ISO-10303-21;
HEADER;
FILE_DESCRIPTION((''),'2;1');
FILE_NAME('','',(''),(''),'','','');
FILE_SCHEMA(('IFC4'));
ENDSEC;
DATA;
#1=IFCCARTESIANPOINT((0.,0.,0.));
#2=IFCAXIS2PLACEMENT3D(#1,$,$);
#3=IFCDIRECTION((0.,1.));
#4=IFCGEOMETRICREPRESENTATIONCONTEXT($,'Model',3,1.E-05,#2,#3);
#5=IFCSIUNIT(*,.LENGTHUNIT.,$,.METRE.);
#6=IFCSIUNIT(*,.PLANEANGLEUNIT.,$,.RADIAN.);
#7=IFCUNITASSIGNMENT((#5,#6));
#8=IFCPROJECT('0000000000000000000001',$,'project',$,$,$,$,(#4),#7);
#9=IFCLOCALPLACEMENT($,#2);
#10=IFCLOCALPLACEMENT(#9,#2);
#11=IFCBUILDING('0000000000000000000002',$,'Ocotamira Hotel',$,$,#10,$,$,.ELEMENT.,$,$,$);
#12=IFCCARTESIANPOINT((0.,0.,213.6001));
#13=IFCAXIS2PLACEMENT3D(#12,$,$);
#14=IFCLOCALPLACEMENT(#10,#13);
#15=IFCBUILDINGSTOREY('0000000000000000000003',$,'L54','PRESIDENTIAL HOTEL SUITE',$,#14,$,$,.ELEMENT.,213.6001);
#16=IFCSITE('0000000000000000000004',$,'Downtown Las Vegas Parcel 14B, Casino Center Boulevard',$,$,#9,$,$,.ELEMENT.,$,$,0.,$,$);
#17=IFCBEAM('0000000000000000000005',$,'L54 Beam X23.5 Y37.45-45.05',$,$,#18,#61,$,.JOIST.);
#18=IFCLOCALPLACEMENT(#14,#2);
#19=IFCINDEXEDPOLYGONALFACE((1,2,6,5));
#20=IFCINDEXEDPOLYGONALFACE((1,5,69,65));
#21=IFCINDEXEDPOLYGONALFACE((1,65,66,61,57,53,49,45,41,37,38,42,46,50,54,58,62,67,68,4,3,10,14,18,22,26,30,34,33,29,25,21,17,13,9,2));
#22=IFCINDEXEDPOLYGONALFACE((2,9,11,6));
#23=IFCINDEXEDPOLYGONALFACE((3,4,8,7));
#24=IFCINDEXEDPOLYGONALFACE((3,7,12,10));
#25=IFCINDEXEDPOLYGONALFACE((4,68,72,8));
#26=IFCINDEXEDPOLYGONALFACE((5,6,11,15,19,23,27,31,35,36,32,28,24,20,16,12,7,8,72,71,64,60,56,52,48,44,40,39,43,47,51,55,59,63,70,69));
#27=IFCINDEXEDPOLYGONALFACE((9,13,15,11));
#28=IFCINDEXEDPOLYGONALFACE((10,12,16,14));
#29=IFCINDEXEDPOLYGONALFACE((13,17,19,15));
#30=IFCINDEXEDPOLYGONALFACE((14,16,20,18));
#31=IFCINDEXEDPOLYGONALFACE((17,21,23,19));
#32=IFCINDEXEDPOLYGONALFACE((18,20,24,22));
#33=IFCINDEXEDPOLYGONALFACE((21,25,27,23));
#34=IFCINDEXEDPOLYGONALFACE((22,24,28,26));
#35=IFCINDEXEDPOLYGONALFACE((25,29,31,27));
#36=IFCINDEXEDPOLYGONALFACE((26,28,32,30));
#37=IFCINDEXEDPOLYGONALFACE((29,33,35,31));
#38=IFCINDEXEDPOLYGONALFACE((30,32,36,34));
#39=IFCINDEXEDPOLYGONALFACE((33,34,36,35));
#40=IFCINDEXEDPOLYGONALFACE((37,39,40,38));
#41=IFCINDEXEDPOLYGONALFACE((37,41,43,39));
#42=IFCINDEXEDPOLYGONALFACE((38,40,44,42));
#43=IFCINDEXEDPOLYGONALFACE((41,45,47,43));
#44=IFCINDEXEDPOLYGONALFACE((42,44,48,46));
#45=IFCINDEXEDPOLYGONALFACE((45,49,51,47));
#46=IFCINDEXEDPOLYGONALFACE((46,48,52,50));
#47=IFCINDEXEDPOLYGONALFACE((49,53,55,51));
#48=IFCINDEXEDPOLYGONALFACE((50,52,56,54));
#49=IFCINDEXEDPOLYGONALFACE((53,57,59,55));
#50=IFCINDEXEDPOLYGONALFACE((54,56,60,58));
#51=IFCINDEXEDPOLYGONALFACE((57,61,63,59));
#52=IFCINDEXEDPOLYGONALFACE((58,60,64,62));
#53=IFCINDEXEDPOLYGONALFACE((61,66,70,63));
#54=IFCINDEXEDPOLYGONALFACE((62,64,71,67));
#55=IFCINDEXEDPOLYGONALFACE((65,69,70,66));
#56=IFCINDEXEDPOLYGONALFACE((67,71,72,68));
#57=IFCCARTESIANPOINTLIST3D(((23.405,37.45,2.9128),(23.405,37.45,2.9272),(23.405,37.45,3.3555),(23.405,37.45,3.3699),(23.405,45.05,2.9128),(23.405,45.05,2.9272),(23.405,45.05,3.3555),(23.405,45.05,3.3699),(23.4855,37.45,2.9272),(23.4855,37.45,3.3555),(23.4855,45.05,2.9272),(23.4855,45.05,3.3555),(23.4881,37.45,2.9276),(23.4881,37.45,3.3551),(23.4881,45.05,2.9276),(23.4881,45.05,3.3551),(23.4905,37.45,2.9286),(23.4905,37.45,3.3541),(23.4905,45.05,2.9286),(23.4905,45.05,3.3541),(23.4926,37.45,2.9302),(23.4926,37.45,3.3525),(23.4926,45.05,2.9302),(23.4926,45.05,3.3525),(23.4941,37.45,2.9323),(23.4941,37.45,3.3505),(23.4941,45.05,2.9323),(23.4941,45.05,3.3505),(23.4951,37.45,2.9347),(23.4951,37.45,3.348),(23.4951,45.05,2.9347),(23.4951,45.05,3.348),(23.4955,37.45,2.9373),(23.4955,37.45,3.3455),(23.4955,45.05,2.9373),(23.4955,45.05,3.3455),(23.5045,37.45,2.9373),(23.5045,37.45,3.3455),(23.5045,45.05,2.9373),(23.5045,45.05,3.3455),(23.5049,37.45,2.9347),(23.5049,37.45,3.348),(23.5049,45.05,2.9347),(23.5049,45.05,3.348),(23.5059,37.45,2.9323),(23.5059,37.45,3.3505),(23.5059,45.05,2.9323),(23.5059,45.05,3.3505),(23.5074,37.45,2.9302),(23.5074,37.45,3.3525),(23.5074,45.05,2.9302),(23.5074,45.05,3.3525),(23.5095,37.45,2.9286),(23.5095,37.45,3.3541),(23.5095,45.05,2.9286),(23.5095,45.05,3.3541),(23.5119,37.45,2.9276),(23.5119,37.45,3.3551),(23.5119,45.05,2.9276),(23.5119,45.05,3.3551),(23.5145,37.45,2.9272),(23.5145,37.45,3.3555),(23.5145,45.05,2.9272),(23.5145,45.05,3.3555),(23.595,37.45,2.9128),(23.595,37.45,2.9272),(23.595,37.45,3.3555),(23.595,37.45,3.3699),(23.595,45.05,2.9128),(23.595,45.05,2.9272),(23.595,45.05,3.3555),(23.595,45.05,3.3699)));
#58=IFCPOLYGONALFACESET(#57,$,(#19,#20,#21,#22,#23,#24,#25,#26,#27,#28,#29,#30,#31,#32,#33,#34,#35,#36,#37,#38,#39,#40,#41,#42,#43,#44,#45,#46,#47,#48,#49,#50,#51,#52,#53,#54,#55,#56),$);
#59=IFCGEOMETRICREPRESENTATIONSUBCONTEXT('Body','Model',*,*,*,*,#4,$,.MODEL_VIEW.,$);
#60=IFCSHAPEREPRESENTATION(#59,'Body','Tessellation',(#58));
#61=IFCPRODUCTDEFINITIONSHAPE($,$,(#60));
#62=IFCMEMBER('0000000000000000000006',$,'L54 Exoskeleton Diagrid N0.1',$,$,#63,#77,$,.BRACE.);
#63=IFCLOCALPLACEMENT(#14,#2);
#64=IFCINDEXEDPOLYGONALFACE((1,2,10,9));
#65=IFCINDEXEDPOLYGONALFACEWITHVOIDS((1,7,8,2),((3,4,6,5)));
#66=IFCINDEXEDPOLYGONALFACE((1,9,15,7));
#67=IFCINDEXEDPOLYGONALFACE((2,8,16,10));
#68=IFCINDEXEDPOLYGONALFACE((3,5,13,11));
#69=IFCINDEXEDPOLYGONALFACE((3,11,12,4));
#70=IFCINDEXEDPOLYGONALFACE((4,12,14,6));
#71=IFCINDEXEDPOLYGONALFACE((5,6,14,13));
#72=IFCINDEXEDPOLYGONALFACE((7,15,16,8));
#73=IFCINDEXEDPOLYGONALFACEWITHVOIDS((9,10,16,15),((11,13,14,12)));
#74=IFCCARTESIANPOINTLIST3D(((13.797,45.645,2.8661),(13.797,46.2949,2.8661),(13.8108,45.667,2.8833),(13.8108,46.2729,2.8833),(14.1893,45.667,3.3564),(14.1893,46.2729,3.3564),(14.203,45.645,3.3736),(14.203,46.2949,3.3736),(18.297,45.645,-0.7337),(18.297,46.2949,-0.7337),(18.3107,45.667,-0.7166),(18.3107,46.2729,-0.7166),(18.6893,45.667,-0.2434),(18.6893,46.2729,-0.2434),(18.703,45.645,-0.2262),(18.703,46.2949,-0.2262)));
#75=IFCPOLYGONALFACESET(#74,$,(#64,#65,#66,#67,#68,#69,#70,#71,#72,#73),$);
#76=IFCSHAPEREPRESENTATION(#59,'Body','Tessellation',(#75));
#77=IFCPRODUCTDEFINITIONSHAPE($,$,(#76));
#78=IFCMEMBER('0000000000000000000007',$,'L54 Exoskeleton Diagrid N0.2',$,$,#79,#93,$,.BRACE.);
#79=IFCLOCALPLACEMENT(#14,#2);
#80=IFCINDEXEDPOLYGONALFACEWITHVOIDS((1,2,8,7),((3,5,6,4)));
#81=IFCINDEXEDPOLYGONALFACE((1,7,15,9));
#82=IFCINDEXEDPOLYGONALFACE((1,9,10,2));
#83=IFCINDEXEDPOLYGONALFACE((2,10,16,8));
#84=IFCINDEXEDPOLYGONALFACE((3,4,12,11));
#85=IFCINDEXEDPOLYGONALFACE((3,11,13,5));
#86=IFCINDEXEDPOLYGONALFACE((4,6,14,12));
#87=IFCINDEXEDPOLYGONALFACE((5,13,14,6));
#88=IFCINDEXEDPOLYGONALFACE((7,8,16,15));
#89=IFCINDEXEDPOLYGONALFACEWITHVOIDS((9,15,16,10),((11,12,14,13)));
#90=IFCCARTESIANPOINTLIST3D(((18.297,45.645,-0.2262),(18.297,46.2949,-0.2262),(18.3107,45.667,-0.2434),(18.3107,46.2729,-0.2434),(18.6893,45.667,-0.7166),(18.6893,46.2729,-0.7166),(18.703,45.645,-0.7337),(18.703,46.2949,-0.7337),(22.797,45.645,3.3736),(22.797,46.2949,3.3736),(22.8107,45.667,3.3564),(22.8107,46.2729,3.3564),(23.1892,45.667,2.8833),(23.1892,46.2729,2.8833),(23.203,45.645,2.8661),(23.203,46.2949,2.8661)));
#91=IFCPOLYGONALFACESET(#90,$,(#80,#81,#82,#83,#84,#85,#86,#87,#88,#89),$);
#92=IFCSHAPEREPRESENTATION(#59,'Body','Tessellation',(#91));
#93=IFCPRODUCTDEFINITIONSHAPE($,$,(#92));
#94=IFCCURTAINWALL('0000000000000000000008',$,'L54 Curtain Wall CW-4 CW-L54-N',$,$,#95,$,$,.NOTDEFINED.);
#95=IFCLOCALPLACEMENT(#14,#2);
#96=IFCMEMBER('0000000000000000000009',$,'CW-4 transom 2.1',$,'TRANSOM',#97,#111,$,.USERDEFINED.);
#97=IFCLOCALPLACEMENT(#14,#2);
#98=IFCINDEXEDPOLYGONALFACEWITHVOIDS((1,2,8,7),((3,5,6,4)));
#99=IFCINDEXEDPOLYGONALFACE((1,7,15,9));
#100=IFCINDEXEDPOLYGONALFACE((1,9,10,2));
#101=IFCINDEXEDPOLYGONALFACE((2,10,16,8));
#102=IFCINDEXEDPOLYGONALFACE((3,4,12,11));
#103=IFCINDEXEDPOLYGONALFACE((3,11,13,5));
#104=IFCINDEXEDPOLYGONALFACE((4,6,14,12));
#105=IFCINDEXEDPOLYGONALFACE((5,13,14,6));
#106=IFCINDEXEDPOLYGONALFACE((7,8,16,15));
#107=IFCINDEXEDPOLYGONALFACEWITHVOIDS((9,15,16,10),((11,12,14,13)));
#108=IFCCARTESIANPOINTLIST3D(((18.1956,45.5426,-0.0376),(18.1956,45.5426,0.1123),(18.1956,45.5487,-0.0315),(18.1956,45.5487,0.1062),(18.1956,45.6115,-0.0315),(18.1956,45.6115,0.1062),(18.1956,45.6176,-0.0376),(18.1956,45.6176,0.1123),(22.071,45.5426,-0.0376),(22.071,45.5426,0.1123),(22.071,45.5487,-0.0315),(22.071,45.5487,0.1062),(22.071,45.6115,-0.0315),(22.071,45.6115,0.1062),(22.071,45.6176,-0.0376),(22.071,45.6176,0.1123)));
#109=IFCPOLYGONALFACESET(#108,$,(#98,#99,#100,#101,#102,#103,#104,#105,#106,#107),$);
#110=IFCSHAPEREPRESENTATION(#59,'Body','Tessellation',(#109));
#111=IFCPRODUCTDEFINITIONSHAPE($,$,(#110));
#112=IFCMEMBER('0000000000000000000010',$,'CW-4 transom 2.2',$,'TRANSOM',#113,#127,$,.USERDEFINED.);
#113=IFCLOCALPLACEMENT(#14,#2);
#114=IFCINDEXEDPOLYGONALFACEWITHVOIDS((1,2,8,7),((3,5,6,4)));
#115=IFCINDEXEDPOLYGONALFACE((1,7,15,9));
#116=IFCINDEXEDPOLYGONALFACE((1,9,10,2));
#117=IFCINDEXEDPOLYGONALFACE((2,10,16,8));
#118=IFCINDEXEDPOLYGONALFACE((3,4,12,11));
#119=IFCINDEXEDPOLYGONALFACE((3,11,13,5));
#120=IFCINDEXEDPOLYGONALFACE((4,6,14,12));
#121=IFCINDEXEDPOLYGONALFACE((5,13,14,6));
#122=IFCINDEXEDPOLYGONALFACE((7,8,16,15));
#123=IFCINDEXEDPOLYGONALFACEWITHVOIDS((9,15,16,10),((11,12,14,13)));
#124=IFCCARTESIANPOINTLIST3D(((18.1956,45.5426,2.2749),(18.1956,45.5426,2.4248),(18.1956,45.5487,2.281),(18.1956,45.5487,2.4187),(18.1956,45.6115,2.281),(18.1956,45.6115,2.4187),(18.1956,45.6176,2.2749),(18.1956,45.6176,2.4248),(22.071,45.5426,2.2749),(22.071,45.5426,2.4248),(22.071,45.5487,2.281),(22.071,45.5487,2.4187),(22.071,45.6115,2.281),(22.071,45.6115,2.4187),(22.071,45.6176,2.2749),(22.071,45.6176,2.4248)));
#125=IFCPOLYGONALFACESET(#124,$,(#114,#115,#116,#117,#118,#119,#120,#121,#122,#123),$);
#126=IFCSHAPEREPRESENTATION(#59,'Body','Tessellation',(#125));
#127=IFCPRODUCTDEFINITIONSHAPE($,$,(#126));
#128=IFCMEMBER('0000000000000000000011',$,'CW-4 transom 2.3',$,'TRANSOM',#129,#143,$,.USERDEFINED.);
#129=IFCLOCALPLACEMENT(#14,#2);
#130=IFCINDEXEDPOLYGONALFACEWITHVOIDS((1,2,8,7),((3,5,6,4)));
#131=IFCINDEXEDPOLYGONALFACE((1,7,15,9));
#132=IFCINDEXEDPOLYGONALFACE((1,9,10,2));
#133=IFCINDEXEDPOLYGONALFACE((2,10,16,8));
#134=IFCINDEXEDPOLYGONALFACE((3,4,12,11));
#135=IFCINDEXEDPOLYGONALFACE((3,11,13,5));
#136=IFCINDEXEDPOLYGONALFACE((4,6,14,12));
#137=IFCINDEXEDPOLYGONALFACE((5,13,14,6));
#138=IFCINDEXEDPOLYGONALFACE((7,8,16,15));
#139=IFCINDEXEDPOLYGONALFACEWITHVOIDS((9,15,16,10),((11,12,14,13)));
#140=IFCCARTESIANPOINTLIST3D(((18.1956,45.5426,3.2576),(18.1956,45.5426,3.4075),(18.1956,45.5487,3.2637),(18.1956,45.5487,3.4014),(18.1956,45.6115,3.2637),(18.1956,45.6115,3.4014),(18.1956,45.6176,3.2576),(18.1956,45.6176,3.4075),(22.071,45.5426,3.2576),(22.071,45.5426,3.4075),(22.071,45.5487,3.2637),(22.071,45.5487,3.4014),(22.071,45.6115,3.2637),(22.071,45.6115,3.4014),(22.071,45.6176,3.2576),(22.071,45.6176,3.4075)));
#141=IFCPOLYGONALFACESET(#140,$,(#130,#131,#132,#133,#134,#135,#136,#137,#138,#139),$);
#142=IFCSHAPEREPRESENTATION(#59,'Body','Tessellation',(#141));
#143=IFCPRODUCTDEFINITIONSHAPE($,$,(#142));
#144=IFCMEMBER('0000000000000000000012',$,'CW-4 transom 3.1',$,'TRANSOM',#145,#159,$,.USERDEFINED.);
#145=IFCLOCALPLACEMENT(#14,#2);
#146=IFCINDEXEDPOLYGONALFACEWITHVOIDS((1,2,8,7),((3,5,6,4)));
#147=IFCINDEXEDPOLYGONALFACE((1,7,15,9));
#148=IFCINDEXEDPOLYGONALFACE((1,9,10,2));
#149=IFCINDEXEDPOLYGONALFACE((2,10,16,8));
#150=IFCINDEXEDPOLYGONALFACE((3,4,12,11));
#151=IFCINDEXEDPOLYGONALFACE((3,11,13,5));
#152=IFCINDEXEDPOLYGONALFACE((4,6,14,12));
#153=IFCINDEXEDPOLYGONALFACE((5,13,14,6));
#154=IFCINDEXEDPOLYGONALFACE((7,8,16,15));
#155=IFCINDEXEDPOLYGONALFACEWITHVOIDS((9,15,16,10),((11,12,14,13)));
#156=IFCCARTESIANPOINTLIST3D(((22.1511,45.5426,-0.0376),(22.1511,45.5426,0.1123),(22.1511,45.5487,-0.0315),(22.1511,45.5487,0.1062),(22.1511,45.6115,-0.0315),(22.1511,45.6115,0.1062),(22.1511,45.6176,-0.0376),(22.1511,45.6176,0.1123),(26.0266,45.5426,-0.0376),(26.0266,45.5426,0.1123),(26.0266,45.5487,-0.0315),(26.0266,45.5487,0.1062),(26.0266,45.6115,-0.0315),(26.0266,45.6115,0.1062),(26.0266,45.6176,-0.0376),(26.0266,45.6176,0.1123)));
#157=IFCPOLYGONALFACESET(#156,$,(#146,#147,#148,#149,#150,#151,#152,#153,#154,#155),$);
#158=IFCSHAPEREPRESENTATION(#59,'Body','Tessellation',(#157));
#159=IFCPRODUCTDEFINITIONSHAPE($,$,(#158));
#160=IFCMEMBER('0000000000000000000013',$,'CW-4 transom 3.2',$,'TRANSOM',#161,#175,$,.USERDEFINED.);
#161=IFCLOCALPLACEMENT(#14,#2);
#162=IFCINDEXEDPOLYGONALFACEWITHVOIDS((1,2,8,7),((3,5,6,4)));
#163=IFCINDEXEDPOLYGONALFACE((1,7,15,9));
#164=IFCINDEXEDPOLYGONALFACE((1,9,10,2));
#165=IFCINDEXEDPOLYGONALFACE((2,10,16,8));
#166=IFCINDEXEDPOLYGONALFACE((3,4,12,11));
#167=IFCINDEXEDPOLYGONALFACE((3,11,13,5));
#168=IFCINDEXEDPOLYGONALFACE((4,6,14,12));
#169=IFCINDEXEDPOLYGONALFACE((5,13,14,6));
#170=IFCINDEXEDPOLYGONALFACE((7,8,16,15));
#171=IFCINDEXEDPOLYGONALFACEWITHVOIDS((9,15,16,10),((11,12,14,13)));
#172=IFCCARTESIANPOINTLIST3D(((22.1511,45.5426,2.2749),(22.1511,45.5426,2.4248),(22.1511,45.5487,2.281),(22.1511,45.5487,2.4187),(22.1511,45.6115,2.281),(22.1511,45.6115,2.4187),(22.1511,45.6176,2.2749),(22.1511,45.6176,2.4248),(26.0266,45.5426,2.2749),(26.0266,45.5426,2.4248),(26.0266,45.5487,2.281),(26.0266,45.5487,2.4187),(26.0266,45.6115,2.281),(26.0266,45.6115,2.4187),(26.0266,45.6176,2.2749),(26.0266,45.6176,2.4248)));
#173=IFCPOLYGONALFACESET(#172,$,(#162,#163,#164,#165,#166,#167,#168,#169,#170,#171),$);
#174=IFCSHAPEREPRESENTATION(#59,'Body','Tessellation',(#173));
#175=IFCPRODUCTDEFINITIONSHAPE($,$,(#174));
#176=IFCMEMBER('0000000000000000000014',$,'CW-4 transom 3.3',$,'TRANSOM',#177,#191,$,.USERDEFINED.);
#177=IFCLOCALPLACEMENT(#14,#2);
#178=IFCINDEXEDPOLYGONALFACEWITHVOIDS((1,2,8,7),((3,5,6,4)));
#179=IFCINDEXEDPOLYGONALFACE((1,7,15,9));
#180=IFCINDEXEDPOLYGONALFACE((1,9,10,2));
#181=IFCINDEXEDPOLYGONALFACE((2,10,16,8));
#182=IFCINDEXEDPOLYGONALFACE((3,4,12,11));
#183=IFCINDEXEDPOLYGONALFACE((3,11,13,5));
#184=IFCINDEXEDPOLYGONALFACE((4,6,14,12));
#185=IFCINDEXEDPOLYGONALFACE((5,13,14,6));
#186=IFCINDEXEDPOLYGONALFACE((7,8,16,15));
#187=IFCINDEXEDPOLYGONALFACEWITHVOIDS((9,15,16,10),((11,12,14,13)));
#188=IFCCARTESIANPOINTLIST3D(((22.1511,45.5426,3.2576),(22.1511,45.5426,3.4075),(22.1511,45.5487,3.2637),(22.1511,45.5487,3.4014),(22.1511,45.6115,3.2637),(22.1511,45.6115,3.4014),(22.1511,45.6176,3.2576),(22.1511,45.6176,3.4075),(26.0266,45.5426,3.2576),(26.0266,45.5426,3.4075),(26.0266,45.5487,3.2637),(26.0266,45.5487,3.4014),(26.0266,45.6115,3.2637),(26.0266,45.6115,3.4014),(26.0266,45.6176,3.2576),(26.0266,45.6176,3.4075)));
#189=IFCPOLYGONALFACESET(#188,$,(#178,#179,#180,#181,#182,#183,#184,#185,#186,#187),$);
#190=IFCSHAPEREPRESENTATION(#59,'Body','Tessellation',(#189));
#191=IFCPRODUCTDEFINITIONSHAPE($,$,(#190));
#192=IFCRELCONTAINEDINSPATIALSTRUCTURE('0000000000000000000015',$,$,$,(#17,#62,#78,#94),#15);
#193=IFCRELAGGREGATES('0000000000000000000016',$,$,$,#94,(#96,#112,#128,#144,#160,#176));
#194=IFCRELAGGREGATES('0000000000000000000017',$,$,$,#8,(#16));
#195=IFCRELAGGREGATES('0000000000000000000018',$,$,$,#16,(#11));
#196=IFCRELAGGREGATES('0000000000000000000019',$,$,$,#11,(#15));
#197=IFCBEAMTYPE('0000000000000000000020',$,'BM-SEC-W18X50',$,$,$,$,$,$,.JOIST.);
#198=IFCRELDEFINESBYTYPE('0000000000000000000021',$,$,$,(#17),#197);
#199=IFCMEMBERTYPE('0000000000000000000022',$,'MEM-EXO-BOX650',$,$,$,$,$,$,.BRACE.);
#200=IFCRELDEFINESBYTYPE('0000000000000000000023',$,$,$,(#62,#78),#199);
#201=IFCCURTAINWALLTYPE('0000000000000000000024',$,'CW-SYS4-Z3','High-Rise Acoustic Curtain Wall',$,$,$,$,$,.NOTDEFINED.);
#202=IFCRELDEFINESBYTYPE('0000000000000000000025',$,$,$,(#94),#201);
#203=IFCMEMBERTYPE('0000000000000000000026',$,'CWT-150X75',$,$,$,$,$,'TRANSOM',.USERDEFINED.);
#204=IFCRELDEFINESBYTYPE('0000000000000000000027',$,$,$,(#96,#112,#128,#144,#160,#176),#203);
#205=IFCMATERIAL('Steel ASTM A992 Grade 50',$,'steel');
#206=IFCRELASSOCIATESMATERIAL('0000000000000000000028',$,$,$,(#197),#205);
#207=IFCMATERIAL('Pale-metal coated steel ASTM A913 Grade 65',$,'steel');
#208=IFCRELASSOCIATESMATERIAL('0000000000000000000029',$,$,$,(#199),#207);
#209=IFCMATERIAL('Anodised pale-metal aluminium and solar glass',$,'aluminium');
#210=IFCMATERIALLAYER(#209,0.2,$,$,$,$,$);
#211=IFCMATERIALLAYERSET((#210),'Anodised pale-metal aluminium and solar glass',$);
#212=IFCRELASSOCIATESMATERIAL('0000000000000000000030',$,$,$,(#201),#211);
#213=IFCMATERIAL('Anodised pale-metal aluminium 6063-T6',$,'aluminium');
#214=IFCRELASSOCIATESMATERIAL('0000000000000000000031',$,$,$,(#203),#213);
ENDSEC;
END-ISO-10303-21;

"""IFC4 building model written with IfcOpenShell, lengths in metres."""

from ifc_helpers import new_model, si_unit, direction, frame, origin, origin_2d, place, context, subcontext, project, spatial, hollow_rectangle, i_section, extrude, source, transform, mapped, material, layer, layer_set, material_profile, profile_set, type_object, element, aggregate, save


model = new_model("IFC4")

# Units and contexts
model_context = context("Model", 3, precision=1e-05, world=origin(), true_north=direction((0.0, 1.0)))
body_context = subcontext(model_context, "Body", "Model", "MODEL_VIEW")
ifc_project = project(units=[si_unit("LENGTHUNIT", "METRE"), si_unit("PLANEANGLEUNIT", "RADIAN")], contexts=[model_context])

# Site, building, storey
site_placement = place(None, origin())
site = spatial("IfcSite", under=ifc_project, at=site_placement, Name="Downtown Las Vegas Parcel 14B, Casino Center Boulevard", CompositionType="ELEMENT", RefElevation=0.0)
building_placement = place(site_placement, origin())
building = spatial("IfcBuilding", under=site, at=building_placement, Name="Ocotamira Hotel", CompositionType="ELEMENT")
storey_placement = place(building_placement, frame((0.0, 0.0, 213.6001)))
storey = spatial("IfcBuildingStorey", under=building, at=storey_placement, Name="L54", Description="PRESIDENTIAL HOTEL SUITE", CompositionType="ELEMENT", Elevation=213.6001)

# Beam
ifc_material_1 = material(Name="Steel ASTM A992 Grade 50", Category="steel")
ifc_material_profile_1 = material_profile(ifc_material_1, i_section(OverallWidth=0.1899, OverallDepth=0.457, WebThickness=0.009, FlangeThickness=0.0144, FilletRadius=0.01, at=origin_2d()), Name="W18X50")
ifc_profile_set_1 = profile_set([ifc_material_profile_1], Name="Steel ASTM A992 Grade 50")
beam_type_1 = type_object("IfcBeamType", Name="BM-SEC-W18X50", PredefinedType="JOIST", material=ifc_profile_set_1)
shared_shape_1 = source(origin(), body_context, "Body", "SweptSolid", [
    extrude(i_section(OverallWidth=0.1899, OverallDepth=0.457, WebThickness=0.009, FlangeThickness=0.0144, FilletRadius=0.01, at=origin_2d()), origin(), (0.0, 0.0, 1.0), 7.6001),
])
beam_1_placement = place(storey_placement, frame((23.5, 37.45, 3.1414), z_axis=(0.0, 1.0, 0.0), x_axis=(-1.0, 0.0, 0.0)))
element("IfcBeam", 1, at=beam_1_placement, inside=storey, type_object=beam_type_1, Name="L54 Beam X23.5 Y37.45-45.05", PredefinedType="JOIST", context=body_context, shape_type="MappedRepresentation", body=[
    mapped(shared_shape_1, transform((0.0, 0.0, 0.0), scale=1.0)),
])

# Members
ifc_material_2 = material(Name="Pale-metal coated steel ASTM A913 Grade 65", Category="steel")
ifc_material_profile_2 = material_profile(ifc_material_2, hollow_rectangle(XDim=0.6499, YDim=0.6499, WallThickness=0.022, at=origin_2d()), Name="BOX650X650X22")
ifc_profile_set_2 = profile_set([ifc_material_profile_2], Name="Pale-metal coated steel ASTM A913 Grade 65")
member_type_1 = type_object("IfcMemberType", Name="MEM-EXO-BOX650", PredefinedType="BRACE", material=ifc_profile_set_2)
shared_shape_2 = source(origin(), body_context, "Body", "SweptSolid", [
    extrude(hollow_rectangle(XDim=0.6499, YDim=0.6499, WallThickness=0.022, at=origin_2d()), origin(), (0.0, 0.0, 1.0), 5.7627),
])
for number, where, z_axis, x_axis, name in (
    (2, (18.5, 45.97, -0.48), (-0.780881, 0.0, 0.62468), (0.0, -1.0, 0.0), "L54 Exoskeleton Diagrid N0.1"),
    (3, (18.5, 45.97, -0.48), (0.780881, 0.0, 0.62468), (0.0, 1.0, 0.0), "L54 Exoskeleton Diagrid N0.2"),
):
    element("IfcMember", number, at=place(storey_placement, frame(where, z_axis=z_axis, x_axis=x_axis)), inside=storey, type_object=member_type_1, Name=name, PredefinedType="BRACE", context=body_context, shape_type="MappedRepresentation", body=[
        mapped(shared_shape_2, transform((0.0, 0.0, 0.0), scale=1.0)),
    ])

# Curtain wall, members
ifc_material_3 = material(Name="Anodised pale-metal aluminium and solar glass", Category="aluminium")
ifc_layer_1 = layer(ifc_material_3, 0.2)
ifc_layer_set_1 = layer_set([ifc_layer_1], Name="Anodised pale-metal aluminium and solar glass")
curtain_wall_type = type_object("IfcCurtainWallType", Name="CW-SYS4-Z3", Description="High-Rise Acoustic Curtain Wall", PredefinedType="NOTDEFINED", material=ifc_layer_set_1)
curtain_wall_placement = place(storey_placement, origin())
curtain_wall = element("IfcCurtainWall", 4, at=curtain_wall_placement, inside=storey, type_object=curtain_wall_type, Name="L54 Curtain Wall CW-4 CW-L54-N", PredefinedType="NOTDEFINED")
ifc_material_4 = material(Name="Anodised pale-metal aluminium 6063-T6", Category="aluminium")
ifc_material_profile_3 = material_profile(ifc_material_4, hollow_rectangle(XDim=0.075, YDim=0.1499, WallThickness=0.0061, at=origin_2d()), Name="HSS150X75X6")
ifc_profile_set_3 = profile_set([ifc_material_profile_3], Name="Anodised pale-metal aluminium 6063-T6")
member_type_2 = type_object("IfcMemberType", Name="CWT-150X75", ElementType="TRANSOM", PredefinedType="USERDEFINED", material=ifc_profile_set_3)
shared_shape_3 = source(origin(), body_context, "Body", "SweptSolid", [
    extrude(hollow_rectangle(XDim=0.075, YDim=0.1499, WallThickness=0.0061, at=origin_2d()), origin(), (0.0, 0.0, 1.0), 3.8755),
])
member_1_placement = place(storey_placement, frame((18.1956, 45.5801, 0.0374), z_axis=(1.0, 0.0, 0.0), x_axis=(0.0, 1.0, 0.0)))
member_1 = element("IfcMember", 5, at=member_1_placement, type_object=member_type_2, Name="CW-4 transom 2.1", ObjectType="TRANSOM", PredefinedType="USERDEFINED", context=body_context, shape_type="MappedRepresentation", body=[
    mapped(shared_shape_3, transform((0.0, 0.0, 0.0), scale=1.0)),
])
member_2_placement = place(storey_placement, frame((18.1956, 45.5801, 2.3499), z_axis=(1.0, 0.0, 0.0), x_axis=(0.0, 1.0, 0.0)))
member_2 = element("IfcMember", 6, at=member_2_placement, type_object=member_type_2, Name="CW-4 transom 2.2", ObjectType="TRANSOM", PredefinedType="USERDEFINED", context=body_context, shape_type="MappedRepresentation", body=[
    mapped(shared_shape_3, transform((0.0, 0.0, 0.0), scale=1.0)),
])
member_3_placement = place(storey_placement, frame((18.1956, 45.5801, 3.3325), z_axis=(1.0, 0.0, 0.0), x_axis=(0.0, 1.0, 0.0)))
member_3 = element("IfcMember", 7, at=member_3_placement, type_object=member_type_2, Name="CW-4 transom 2.3", ObjectType="TRANSOM", PredefinedType="USERDEFINED", context=body_context, shape_type="MappedRepresentation", body=[
    mapped(shared_shape_3, transform((0.0, 0.0, 0.0), scale=1.0)),
])
member_4_placement = place(storey_placement, frame((22.1511, 45.5801, 0.0374), z_axis=(1.0, 0.0, 0.0), x_axis=(0.0, 1.0, 0.0)))
member_4 = element("IfcMember", 8, at=member_4_placement, type_object=member_type_2, Name="CW-4 transom 3.1", ObjectType="TRANSOM", PredefinedType="USERDEFINED", context=body_context, shape_type="MappedRepresentation", body=[
    mapped(shared_shape_3, transform((0.0, 0.0, 0.0), scale=1.0)),
])
member_5_placement = place(storey_placement, frame((22.1511, 45.5801, 2.3499), z_axis=(1.0, 0.0, 0.0), x_axis=(0.0, 1.0, 0.0)))
member_5 = element("IfcMember", 9, at=member_5_placement, type_object=member_type_2, Name="CW-4 transom 3.2", ObjectType="TRANSOM", PredefinedType="USERDEFINED", context=body_context, shape_type="MappedRepresentation", body=[
    mapped(shared_shape_3, transform((0.0, 0.0, 0.0), scale=1.0)),
])
member_6_placement = place(storey_placement, frame((22.1511, 45.5801, 3.3325), z_axis=(1.0, 0.0, 0.0), x_axis=(0.0, 1.0, 0.0)))
member_6 = element("IfcMember", 10, at=member_6_placement, type_object=member_type_2, Name="CW-4 transom 3.3", ObjectType="TRANSOM", PredefinedType="USERDEFINED", context=body_context, shape_type="MappedRepresentation", body=[
    mapped(shared_shape_3, transform((0.0, 0.0, 0.0), scale=1.0)),
])

aggregate(curtain_wall, [member_1, member_2, member_3, member_4, member_5, member_6])

save(model, "model.ifc")
